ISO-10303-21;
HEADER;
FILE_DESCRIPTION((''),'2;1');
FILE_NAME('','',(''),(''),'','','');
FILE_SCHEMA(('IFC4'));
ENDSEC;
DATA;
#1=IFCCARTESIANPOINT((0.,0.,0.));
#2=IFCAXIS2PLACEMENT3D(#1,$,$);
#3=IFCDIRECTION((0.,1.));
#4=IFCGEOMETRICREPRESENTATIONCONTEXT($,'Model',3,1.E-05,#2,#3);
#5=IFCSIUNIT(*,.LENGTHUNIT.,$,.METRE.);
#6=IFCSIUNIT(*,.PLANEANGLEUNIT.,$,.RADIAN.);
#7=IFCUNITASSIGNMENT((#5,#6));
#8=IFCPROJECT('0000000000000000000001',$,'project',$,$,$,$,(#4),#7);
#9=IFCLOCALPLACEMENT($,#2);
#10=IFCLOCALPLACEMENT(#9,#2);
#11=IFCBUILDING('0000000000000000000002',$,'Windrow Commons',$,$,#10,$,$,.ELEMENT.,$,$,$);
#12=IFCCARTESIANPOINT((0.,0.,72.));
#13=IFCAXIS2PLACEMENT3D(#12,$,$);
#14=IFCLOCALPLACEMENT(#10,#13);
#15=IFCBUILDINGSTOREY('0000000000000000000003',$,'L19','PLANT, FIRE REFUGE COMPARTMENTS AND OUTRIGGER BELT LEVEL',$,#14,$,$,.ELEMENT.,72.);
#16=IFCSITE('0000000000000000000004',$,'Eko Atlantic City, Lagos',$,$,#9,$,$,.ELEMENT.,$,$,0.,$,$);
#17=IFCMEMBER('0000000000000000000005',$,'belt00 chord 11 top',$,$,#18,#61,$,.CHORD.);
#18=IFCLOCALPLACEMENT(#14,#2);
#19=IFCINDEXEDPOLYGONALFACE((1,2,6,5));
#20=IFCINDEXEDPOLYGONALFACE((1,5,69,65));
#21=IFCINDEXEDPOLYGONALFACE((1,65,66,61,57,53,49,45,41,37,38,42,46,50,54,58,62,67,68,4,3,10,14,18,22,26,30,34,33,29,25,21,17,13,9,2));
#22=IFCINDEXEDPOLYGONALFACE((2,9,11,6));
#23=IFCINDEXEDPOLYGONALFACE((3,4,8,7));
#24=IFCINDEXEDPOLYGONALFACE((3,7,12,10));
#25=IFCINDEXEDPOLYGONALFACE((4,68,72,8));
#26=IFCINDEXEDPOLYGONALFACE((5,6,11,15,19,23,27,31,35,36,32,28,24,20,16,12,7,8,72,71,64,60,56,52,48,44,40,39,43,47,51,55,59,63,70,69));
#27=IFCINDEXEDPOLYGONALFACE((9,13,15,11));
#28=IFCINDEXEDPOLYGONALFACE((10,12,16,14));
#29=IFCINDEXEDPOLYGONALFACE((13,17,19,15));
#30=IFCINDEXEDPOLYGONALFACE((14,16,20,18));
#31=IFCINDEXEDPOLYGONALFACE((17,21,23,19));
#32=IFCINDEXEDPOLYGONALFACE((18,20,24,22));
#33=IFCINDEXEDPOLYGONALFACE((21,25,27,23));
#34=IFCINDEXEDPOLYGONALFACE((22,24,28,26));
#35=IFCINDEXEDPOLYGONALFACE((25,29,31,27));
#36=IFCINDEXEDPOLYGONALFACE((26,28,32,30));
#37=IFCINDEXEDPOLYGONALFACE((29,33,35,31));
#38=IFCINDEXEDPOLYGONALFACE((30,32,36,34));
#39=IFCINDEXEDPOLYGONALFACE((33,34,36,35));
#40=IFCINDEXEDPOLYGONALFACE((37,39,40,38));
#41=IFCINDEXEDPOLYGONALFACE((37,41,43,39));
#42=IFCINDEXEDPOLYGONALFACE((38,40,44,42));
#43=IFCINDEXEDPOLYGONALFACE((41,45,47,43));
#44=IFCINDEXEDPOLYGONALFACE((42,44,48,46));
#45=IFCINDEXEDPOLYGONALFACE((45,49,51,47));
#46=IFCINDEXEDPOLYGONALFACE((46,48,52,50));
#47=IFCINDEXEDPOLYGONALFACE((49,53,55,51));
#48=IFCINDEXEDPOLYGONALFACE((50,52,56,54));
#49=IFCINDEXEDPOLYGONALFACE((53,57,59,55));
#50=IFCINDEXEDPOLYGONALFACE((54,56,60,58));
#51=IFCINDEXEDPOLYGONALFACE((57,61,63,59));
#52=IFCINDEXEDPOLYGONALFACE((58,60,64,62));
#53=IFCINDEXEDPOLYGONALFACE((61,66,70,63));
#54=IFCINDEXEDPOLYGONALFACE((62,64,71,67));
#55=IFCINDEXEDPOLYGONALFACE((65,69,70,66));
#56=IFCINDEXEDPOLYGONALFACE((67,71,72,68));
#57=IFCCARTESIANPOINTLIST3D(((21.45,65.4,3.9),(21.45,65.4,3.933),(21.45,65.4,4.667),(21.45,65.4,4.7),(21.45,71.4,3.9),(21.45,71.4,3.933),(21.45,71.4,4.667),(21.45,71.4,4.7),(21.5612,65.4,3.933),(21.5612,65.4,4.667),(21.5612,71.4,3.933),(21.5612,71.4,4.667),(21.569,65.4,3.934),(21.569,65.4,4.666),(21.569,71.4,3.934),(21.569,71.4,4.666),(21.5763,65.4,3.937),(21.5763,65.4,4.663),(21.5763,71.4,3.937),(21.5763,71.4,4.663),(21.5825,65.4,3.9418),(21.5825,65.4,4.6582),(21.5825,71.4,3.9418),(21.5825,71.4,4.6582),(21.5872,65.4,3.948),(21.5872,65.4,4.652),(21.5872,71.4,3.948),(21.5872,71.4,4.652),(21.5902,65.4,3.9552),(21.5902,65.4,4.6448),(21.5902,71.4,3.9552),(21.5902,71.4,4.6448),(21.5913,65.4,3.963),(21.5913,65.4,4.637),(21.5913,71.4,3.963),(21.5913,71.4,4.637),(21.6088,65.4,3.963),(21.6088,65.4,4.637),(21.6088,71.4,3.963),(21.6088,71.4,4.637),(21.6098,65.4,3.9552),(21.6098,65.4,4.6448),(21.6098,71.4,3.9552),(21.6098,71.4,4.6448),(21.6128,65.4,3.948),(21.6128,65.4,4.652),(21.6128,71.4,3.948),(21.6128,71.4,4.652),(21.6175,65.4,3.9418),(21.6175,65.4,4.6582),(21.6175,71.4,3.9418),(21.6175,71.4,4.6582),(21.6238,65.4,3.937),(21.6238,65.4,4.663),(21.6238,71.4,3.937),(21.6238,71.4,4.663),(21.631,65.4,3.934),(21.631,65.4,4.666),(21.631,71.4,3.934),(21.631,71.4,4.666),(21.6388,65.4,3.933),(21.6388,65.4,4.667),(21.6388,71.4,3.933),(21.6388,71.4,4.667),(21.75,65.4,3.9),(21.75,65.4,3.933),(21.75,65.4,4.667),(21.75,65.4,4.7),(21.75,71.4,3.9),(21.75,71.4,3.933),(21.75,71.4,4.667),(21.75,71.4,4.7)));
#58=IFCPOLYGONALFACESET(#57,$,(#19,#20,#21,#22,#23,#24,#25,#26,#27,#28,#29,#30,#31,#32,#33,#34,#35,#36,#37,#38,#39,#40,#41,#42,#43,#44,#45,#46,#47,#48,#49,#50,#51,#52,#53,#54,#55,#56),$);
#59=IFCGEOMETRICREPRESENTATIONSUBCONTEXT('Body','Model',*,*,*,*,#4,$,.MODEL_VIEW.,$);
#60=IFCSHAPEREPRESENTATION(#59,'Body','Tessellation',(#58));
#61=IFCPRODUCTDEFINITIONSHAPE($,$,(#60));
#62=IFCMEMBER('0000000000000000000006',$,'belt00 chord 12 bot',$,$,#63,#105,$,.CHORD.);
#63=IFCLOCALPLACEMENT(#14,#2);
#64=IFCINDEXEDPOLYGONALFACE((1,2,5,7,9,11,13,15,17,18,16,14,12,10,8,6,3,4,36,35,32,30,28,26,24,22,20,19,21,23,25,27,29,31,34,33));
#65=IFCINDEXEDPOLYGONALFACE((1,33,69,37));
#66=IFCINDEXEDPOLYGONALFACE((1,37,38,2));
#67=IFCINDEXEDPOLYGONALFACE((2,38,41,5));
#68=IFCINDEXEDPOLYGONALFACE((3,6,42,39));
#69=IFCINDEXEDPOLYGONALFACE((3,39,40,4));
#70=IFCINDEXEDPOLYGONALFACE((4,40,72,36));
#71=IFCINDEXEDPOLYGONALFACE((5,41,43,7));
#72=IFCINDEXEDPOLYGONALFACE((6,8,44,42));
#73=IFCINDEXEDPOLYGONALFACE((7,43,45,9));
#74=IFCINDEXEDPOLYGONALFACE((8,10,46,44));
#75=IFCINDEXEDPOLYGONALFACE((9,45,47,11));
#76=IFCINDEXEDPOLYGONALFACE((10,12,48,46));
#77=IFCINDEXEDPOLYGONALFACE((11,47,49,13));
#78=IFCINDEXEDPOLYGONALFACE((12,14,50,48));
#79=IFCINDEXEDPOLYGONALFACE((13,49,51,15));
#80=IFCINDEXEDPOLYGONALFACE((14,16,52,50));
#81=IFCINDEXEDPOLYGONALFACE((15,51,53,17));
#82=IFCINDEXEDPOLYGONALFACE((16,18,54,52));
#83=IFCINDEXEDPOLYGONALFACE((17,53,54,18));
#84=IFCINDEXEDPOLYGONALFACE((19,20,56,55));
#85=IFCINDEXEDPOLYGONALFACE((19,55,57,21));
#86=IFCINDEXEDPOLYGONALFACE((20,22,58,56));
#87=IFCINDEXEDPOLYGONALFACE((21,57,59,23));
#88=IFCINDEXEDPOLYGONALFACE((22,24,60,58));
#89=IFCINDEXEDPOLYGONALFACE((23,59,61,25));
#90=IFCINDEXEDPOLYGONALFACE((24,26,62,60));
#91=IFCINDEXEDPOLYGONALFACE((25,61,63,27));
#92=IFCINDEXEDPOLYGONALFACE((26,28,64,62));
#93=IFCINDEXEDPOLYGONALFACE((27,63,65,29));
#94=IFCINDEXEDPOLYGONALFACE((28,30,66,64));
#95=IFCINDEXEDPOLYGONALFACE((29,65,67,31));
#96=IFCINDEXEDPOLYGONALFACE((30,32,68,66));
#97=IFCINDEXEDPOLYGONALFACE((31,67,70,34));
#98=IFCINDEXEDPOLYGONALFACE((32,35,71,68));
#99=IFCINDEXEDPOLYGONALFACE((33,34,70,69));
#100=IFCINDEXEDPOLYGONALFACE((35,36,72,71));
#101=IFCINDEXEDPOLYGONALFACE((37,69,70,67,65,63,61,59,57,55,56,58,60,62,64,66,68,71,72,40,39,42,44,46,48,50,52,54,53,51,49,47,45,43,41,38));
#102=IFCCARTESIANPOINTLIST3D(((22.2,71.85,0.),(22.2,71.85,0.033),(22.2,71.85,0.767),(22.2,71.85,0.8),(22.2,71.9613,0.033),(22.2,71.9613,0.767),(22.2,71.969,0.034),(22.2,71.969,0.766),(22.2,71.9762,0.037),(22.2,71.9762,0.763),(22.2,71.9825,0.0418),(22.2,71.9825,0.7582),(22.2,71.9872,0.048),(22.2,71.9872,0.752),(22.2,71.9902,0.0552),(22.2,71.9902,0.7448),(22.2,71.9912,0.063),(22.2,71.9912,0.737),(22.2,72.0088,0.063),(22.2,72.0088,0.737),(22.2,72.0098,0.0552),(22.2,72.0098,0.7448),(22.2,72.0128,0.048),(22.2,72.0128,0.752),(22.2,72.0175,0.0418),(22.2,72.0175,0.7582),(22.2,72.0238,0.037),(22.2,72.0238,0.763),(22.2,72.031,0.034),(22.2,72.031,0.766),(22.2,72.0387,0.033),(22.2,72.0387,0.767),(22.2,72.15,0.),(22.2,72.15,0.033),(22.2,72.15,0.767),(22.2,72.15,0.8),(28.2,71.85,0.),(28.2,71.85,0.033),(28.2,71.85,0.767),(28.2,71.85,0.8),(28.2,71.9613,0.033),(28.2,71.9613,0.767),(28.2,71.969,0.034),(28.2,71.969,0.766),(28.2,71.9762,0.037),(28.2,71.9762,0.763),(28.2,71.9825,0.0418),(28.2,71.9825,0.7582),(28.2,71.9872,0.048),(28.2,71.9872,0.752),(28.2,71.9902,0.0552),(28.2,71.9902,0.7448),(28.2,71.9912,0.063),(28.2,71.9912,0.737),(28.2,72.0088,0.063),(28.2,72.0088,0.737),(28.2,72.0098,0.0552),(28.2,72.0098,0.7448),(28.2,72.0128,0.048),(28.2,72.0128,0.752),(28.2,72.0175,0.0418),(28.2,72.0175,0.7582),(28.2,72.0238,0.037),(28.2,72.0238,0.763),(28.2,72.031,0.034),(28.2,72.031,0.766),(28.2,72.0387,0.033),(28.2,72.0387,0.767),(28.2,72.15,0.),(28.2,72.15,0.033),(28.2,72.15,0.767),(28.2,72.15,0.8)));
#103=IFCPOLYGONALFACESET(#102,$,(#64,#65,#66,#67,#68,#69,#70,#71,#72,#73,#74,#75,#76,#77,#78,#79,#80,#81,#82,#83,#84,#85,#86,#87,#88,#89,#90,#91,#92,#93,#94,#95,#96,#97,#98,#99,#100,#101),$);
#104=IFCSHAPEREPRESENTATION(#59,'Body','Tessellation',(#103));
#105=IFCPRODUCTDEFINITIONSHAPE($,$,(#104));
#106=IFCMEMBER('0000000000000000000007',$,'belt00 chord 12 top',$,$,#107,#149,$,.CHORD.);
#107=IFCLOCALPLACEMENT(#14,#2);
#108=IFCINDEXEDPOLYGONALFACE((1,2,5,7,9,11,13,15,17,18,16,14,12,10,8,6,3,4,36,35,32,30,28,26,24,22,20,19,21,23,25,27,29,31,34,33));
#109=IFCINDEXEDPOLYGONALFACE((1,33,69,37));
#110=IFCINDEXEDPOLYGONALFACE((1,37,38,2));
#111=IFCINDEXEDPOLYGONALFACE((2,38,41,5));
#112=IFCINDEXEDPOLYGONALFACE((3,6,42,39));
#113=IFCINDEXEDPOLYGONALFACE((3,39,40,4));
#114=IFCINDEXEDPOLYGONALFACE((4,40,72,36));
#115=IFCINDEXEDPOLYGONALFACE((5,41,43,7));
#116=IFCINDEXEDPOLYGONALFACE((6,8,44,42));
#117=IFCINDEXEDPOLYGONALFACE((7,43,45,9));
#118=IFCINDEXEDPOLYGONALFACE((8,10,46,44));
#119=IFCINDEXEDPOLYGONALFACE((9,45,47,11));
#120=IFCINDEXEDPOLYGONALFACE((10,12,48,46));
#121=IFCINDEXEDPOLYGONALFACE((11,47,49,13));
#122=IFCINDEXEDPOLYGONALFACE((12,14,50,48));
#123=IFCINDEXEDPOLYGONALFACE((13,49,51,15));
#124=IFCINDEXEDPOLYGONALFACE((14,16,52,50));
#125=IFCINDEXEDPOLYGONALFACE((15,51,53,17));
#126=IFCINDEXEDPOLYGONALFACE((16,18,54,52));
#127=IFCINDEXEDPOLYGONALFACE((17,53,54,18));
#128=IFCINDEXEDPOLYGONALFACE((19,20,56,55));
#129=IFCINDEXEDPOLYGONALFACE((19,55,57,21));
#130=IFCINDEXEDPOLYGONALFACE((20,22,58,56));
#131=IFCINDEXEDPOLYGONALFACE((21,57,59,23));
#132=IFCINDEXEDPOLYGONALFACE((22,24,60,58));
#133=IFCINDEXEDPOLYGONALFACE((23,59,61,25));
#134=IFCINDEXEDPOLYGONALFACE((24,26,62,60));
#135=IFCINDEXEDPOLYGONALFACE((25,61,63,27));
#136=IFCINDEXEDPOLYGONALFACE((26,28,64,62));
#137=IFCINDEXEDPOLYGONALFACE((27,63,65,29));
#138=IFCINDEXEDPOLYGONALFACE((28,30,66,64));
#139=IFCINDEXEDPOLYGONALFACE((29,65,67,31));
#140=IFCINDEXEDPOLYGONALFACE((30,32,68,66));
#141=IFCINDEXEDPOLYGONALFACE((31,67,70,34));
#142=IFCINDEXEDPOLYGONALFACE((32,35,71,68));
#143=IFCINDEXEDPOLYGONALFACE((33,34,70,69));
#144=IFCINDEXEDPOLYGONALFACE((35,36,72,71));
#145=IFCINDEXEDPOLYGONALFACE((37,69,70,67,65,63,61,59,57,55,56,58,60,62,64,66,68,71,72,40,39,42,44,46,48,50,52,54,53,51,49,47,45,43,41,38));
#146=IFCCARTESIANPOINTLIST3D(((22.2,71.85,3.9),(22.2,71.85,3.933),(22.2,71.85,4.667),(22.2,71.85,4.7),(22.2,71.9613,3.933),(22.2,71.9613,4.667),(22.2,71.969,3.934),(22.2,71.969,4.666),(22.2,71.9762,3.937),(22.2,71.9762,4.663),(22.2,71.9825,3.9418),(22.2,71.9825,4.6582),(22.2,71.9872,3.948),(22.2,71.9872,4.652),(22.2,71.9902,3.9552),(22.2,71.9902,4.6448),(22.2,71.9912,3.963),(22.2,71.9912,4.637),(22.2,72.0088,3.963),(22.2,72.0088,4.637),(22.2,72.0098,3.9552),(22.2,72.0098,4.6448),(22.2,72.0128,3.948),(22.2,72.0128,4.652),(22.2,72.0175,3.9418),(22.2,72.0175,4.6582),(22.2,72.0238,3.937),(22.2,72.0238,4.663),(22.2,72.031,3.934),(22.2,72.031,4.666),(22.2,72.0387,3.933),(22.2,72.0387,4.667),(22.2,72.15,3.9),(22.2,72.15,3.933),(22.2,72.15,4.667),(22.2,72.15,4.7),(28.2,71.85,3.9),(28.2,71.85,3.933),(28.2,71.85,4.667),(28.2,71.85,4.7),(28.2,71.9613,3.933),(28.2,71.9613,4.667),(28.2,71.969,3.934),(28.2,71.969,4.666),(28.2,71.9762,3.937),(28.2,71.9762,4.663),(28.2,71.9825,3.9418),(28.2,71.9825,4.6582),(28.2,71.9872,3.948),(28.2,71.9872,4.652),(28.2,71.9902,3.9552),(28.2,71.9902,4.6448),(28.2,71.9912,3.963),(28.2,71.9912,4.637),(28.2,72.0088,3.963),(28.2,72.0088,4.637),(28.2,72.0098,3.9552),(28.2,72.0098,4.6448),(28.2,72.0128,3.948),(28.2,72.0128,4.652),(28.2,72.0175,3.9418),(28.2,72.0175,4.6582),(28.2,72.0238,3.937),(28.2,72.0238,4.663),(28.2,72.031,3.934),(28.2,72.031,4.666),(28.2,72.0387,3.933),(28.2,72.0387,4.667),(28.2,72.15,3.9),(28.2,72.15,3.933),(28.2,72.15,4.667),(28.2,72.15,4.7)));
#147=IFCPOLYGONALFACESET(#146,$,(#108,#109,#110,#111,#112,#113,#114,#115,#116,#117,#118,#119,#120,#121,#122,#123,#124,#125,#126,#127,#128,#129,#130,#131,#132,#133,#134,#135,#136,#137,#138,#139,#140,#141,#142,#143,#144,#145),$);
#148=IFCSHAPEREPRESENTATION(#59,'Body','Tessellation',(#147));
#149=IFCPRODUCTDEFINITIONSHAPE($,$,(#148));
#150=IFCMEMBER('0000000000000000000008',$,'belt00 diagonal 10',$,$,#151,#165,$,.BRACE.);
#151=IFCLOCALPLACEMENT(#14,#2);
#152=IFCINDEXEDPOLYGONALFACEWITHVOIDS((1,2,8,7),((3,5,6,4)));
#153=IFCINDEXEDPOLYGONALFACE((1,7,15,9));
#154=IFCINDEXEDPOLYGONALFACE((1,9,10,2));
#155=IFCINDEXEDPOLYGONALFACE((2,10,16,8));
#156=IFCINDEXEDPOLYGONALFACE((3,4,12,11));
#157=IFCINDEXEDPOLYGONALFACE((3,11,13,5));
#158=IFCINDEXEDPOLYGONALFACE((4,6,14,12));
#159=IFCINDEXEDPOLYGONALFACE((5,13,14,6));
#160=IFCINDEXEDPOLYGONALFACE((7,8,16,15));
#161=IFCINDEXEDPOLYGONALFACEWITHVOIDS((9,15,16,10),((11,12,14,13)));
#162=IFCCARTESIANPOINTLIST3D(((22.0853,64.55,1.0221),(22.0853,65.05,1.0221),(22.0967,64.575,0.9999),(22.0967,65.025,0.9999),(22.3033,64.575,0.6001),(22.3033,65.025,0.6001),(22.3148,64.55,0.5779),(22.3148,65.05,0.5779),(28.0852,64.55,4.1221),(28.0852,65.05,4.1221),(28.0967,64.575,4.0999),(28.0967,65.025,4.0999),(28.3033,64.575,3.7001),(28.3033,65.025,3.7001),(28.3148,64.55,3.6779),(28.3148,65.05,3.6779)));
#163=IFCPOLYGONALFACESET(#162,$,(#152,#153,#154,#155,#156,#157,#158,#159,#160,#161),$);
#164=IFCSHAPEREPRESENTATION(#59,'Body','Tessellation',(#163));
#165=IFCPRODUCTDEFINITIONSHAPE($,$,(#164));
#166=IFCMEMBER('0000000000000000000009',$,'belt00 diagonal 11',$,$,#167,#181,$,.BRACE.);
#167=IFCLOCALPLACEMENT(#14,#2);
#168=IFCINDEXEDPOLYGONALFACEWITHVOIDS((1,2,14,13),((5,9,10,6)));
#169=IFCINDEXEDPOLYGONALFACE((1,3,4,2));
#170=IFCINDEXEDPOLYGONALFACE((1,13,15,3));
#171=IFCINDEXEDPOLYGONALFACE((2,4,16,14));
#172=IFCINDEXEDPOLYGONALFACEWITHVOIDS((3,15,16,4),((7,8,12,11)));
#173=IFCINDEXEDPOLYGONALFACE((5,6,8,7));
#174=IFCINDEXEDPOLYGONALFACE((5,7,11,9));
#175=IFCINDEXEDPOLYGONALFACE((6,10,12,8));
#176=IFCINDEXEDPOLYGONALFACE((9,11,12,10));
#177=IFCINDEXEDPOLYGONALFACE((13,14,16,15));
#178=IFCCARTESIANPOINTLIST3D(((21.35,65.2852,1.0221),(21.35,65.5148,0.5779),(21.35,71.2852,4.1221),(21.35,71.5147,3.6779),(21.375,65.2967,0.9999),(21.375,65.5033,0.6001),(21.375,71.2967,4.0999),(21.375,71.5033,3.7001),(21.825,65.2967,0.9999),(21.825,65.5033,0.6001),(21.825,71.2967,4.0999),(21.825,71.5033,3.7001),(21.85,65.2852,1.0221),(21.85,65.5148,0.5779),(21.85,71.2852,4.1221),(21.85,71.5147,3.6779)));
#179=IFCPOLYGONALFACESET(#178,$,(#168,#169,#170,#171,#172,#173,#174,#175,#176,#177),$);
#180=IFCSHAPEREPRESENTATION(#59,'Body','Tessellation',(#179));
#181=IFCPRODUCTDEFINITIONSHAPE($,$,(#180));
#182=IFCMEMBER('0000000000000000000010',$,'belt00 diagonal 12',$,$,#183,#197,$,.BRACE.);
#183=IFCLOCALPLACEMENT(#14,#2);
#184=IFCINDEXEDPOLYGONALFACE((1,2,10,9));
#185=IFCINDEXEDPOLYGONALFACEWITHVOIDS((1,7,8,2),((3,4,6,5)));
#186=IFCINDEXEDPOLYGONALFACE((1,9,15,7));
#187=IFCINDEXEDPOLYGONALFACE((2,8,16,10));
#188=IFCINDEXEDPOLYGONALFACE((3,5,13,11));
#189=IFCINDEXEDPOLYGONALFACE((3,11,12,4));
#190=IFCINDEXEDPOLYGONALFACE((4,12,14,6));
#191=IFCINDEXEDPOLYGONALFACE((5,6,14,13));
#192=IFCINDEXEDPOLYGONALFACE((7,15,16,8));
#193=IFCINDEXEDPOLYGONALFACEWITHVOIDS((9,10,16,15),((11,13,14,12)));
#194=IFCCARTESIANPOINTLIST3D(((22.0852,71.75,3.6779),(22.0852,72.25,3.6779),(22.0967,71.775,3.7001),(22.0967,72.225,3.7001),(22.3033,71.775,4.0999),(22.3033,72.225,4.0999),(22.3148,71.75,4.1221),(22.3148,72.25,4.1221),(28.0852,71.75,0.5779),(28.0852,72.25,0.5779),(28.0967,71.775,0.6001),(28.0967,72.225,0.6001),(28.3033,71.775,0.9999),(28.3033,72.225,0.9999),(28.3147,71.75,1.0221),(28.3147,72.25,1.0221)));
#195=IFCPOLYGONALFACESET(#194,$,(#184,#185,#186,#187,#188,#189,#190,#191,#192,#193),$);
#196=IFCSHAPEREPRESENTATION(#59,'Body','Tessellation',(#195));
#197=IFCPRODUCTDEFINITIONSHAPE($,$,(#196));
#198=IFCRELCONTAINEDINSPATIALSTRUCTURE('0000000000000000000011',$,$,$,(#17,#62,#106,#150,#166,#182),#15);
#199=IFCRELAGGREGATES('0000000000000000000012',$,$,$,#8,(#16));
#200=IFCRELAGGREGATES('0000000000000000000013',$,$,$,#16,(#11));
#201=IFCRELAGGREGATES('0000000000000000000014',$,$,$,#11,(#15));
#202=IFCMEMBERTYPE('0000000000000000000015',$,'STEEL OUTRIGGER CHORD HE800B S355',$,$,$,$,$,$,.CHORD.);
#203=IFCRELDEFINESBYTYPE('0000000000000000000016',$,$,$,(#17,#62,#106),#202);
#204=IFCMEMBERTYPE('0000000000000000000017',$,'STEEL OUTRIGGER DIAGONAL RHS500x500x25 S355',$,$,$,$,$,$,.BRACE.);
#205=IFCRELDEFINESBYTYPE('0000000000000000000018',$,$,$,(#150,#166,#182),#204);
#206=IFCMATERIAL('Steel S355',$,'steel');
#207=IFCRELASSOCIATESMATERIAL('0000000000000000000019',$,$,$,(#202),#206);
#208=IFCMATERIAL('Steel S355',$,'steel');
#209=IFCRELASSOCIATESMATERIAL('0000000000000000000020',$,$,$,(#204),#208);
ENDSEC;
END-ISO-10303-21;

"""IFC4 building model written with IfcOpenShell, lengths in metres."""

from ifc_helpers import new_model, si_unit, direction, frame, origin, origin_2d, place, context, subcontext, project, spatial, hollow_rectangle, i_section, extrude, material, material_profile, profile_set, type_object, element, save


model = new_model("IFC4")

# Units and contexts
model_context = context("Model", 3, precision=1e-05, world=origin(), true_north=direction((0.0, 1.0)))
body_context = subcontext(model_context, "Body", "Model", "MODEL_VIEW")
ifc_project = project(units=[si_unit("LENGTHUNIT", "METRE"), si_unit("PLANEANGLEUNIT", "RADIAN")], contexts=[model_context])

# Site, building, storey
site_placement = place(None, origin())
site = spatial("IfcSite", under=ifc_project, at=site_placement, Name="Eko Atlantic City, Lagos", CompositionType="ELEMENT", RefElevation=0.0)
building_placement = place(site_placement, origin())
building = spatial("IfcBuilding", under=site, at=building_placement, Name="Windrow Commons", CompositionType="ELEMENT")
storey_placement = place(building_placement, frame((0.0, 0.0, 72.0)))
storey = spatial("IfcBuildingStorey", under=building, at=storey_placement, Name="L19", Description="PLANT, FIRE REFUGE COMPARTMENTS AND OUTRIGGER BELT LEVEL", CompositionType="ELEMENT", Elevation=72.0)

# Members
ifc_material_1 = material(Name="Steel S355", Category="steel")
ifc_material_profile_1 = material_profile(ifc_material_1, i_section(OverallWidth=0.3, OverallDepth=0.8, WebThickness=0.0175, FlangeThickness=0.033, FilletRadius=0.03, at=origin_2d()))
ifc_profile_set_1 = profile_set([ifc_material_profile_1], Name="Steel S355")
member_type_1 = type_object("IfcMemberType", Name="STEEL OUTRIGGER CHORD HE800B S355", PredefinedType="CHORD", material=ifc_profile_set_1)
for number, where, z_axis, x_axis, name in (
    (1, (21.6, 65.4, 4.3), (0.0, 1.0, 0.0), (-1.0, 0.0, 0.0), "belt00 chord 11 top"),
    (2, (22.2, 72.0, 0.4), (1.0, 0.0, 0.0), (0.0, 1.0, 0.0), "belt00 chord 12 bot"),
    (3, (22.2, 72.0, 4.3), (1.0, 0.0, 0.0), (0.0, 1.0, 0.0), "belt00 chord 12 top"),
):
    element("IfcMember", number, at=place(storey_placement, frame(where, z_axis=z_axis, x_axis=x_axis)), inside=storey, type_object=member_type_1, Name=name, PredefinedType="CHORD", context=body_context, shape_type="SweptSolid", body=[
        extrude(i_section(OverallWidth=0.3, OverallDepth=0.8, WebThickness=0.0175, FlangeThickness=0.033, FilletRadius=0.03, at=origin_2d()), origin(), (0.0, 0.0, 1.0), 6.0),
    ])
ifc_material_2 = material(Name="Steel S355", Category="steel")
ifc_material_profile_2 = material_profile(ifc_material_2, hollow_rectangle(XDim=0.5, YDim=0.5, WallThickness=0.025, at=origin_2d()))
ifc_profile_set_2 = profile_set([ifc_material_profile_2], Name="Steel S355")
member_type_2 = type_object("IfcMemberType", Name="STEEL OUTRIGGER DIAGONAL RHS500x500x25 S355", PredefinedType="BRACE", material=ifc_profile_set_2)
for number, where, z_axis, x_axis, name in (
    (4, (28.2, 64.8, 3.9), (-0.888426, 0.0, -0.45902), (0.0, -1.0, 0.0), "belt00 diagonal 10"),
    (5, (21.6, 65.4, 0.8), (0.0, 0.888426, 0.45902), (-1.0, 0.0, 0.0), "belt00 diagonal 11"),
    (6, (22.2, 72.0, 3.9), (0.888426, 0.0, -0.45902), (0.0, 1.0, 0.0), "belt00 diagonal 12"),
):
    element("IfcMember", number, at=place(storey_placement, frame(where, z_axis=z_axis, x_axis=x_axis)), inside=storey, type_object=member_type_2, Name=name, PredefinedType="BRACE", context=body_context, shape_type="SweptSolid", body=[
        extrude(hollow_rectangle(XDim=0.5, YDim=0.5, WallThickness=0.025, at=origin_2d()), origin(), (0.0, 0.0, 1.0), 6.7535),
    ])

save(model, "model.ifc")
